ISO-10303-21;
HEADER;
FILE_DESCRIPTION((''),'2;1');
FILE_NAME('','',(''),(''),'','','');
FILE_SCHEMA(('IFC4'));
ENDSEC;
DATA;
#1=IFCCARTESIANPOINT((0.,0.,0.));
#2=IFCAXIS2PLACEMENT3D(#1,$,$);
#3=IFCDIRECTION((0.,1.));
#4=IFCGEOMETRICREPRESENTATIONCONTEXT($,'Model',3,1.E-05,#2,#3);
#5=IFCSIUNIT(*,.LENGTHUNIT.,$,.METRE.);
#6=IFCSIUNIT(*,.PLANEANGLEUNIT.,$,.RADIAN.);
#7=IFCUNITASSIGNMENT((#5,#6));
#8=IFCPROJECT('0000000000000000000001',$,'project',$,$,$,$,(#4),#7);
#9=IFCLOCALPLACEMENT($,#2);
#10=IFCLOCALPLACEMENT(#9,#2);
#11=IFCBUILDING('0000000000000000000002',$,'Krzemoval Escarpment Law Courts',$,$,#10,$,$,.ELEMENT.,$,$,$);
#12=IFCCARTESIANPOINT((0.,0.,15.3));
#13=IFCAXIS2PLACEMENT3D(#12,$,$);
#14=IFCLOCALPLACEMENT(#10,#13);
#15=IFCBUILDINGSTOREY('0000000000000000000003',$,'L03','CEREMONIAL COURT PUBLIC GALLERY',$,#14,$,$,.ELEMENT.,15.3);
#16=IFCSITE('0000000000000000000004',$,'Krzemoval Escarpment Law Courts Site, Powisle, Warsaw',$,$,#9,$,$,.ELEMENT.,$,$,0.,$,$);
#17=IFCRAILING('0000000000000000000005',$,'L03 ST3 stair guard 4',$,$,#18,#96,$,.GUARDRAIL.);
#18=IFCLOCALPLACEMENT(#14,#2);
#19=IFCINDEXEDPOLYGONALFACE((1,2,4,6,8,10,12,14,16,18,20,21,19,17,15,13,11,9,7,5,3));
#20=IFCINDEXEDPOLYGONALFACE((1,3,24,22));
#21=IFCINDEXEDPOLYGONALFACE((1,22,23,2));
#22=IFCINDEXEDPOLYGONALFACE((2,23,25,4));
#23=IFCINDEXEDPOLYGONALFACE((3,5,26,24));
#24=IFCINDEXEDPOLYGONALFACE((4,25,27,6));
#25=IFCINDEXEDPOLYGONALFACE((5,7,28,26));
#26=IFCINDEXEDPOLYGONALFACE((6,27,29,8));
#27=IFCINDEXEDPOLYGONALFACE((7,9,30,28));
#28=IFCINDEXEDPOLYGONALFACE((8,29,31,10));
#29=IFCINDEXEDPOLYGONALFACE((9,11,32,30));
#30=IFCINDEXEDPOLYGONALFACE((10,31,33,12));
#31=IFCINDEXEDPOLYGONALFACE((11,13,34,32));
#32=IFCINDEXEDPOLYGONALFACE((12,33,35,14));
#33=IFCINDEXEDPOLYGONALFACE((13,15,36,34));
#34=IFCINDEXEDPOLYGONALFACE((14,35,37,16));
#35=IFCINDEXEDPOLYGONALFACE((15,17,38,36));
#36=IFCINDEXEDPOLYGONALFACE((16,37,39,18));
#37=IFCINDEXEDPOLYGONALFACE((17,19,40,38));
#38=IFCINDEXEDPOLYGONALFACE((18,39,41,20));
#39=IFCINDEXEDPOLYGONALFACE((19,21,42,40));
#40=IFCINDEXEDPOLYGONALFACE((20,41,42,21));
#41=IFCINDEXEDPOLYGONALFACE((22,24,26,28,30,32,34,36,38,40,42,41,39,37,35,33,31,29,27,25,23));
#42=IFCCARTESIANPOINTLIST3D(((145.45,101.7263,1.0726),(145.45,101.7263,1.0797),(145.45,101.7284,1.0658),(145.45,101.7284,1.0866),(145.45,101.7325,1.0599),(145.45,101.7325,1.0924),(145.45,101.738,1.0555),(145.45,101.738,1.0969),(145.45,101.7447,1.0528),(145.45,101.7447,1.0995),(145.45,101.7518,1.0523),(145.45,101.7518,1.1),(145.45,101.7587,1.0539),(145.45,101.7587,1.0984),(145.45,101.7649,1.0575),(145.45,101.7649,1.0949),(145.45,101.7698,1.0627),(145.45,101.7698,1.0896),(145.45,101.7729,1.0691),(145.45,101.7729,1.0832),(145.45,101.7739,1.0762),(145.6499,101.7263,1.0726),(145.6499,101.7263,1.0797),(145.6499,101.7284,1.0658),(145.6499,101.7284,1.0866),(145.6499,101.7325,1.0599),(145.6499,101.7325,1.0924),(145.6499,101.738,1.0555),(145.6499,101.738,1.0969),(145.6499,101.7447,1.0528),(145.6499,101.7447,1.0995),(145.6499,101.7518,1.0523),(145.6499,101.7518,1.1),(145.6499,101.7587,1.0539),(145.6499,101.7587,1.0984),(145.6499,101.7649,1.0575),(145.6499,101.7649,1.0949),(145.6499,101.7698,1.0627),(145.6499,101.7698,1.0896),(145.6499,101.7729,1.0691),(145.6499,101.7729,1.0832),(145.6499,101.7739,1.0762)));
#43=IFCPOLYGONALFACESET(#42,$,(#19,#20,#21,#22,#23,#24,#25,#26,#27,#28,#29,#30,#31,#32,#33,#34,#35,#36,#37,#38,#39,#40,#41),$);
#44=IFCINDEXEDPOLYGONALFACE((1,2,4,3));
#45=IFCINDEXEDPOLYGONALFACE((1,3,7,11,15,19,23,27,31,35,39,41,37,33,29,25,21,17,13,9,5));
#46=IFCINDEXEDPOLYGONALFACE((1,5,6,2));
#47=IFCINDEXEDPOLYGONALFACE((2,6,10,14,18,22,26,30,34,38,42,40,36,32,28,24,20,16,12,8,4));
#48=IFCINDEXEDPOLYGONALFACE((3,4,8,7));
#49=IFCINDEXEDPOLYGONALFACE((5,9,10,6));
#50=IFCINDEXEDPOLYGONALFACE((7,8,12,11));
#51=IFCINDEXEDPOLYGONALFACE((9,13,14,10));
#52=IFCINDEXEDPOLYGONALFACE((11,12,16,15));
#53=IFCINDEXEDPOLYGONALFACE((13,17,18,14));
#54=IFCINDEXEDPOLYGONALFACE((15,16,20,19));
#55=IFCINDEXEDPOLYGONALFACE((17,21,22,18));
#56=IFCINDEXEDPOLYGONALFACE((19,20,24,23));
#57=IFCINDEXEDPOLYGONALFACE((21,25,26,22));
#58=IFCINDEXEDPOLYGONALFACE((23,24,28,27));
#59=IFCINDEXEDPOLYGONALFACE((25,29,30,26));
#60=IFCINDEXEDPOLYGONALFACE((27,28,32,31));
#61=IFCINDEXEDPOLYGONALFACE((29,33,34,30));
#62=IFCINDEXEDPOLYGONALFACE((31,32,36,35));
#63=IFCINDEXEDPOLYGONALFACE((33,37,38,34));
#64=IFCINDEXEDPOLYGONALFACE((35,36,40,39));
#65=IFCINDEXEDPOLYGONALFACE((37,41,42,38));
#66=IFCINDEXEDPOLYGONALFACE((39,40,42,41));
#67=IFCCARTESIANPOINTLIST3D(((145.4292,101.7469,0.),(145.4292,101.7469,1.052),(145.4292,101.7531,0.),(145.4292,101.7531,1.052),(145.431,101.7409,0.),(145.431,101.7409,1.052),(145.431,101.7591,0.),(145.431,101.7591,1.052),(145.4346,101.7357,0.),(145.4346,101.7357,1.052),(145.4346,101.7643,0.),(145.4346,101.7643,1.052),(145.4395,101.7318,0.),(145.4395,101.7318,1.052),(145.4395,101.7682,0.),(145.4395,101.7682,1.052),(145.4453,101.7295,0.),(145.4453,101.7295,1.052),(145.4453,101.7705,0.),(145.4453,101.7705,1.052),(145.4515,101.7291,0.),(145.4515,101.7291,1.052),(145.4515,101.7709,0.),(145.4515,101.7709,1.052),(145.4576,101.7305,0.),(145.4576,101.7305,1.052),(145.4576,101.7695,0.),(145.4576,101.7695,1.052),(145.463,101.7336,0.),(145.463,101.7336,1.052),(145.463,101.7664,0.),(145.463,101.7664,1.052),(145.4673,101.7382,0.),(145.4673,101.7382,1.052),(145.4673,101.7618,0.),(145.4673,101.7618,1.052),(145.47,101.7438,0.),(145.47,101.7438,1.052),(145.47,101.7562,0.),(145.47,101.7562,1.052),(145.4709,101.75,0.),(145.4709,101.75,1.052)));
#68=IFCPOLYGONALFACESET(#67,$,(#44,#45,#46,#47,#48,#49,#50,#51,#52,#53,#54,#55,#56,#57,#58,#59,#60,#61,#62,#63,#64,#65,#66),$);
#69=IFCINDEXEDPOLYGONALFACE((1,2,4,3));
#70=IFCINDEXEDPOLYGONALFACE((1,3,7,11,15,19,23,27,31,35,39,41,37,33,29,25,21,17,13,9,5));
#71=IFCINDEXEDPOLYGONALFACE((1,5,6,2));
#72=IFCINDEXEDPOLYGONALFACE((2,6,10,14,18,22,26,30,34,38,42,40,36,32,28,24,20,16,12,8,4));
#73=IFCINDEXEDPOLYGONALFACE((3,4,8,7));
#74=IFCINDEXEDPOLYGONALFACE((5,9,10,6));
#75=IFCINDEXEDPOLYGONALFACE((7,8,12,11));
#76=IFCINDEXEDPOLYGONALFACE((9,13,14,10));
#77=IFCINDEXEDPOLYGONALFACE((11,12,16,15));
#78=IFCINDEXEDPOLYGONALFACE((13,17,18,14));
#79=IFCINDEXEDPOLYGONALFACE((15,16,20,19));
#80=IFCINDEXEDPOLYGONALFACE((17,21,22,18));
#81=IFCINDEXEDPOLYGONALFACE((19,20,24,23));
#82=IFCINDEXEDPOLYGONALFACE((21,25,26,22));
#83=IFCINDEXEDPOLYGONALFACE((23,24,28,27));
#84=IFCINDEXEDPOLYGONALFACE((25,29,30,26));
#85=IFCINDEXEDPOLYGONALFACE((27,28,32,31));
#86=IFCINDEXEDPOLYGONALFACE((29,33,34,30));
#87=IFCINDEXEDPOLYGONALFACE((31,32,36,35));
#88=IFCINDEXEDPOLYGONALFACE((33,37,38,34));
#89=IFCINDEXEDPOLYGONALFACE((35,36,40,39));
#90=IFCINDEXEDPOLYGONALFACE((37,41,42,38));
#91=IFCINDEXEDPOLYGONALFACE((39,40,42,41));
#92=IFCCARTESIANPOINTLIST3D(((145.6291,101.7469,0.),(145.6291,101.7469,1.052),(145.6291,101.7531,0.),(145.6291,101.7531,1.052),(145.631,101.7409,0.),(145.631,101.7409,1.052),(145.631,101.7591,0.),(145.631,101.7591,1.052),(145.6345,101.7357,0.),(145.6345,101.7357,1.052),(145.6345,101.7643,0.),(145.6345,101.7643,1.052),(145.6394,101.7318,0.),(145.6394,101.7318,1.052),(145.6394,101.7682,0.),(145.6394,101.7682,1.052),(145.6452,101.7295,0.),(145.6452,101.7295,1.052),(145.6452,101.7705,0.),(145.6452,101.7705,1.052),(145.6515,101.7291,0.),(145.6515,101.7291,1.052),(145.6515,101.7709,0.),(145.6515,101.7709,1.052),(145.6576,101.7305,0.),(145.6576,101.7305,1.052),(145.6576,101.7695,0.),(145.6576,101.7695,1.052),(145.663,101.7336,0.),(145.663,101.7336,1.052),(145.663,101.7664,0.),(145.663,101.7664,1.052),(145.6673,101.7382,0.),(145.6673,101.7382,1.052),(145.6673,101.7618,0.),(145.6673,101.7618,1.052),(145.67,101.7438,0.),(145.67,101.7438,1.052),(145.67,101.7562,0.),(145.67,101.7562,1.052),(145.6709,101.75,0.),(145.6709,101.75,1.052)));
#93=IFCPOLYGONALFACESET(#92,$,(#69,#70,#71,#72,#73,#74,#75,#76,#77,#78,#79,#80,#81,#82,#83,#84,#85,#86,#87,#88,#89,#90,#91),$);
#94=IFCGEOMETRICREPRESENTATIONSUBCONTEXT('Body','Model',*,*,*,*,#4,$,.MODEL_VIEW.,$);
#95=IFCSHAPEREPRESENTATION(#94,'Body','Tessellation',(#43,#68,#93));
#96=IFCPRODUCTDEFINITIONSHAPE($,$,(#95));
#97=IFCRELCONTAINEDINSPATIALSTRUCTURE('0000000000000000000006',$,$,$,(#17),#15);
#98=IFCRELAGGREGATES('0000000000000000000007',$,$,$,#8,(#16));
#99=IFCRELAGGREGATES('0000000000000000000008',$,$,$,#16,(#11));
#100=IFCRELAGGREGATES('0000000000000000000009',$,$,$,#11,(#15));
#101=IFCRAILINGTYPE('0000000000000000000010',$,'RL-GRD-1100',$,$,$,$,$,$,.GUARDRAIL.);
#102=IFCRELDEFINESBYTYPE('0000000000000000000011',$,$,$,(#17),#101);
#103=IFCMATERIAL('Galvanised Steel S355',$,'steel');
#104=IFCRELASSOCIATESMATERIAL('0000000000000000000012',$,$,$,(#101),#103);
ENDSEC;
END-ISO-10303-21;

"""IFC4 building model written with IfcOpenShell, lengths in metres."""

from ifc_helpers import new_model, si_unit, direction, frame, origin, origin_2d, place, context, subcontext, project, spatial, circle, extrude, material, type_object, element, save


model = new_model("IFC4")

# Units and contexts
model_context = context("Model", 3, precision=1e-05, world=origin(), true_north=direction((0.0, 1.0)))
body_context = subcontext(model_context, "Body", "Model", "MODEL_VIEW")
ifc_project = project(units=[si_unit("LENGTHUNIT", "METRE"), si_unit("PLANEANGLEUNIT", "RADIAN")], contexts=[model_context])

# Site, building, storey
site_placement = place(None, origin())
site = spatial("IfcSite", under=ifc_project, at=site_placement, Name="Krzemoval Escarpment Law Courts Site, Powisle, Warsaw", CompositionType="ELEMENT", RefElevation=0.0)
building_placement = place(site_placement, origin())
building = spatial("IfcBuilding", under=site, at=building_placement, Name="Krzemoval Escarpment Law Courts", CompositionType="ELEMENT")
storey_placement = place(building_placement, frame((0.0, 0.0, 15.3)))
storey = spatial("IfcBuildingStorey", under=building, at=storey_placement, Name="L03", Description="CEREMONIAL COURT PUBLIC GALLERY", CompositionType="ELEMENT", Elevation=15.3)

# Railing
ifc_material_1 = material(Name="Galvanised Steel S355", Category="steel")
railing_type_1 = type_object("IfcRailingType", Name="RL-GRD-1100", PredefinedType="GUARDRAIL", material=ifc_material_1)
railing_1_placement = place(storey_placement, frame((145.45, 101.75, 0.0)))
element("IfcRailing", 1, at=railing_1_placement, inside=storey, type_object=railing_type_1, Name="L03 ST3 stair guard 4", PredefinedType="GUARDRAIL", context=body_context, shape_type="SweptSolid", body=[
    extrude(circle(Radius=0.0239, at=origin_2d()), frame((0.0, 0.0, 1.0762), z_axis=(1.0, 0.0, 0.0), x_axis=(0.0, 1.0, 0.0)), (0.0, 0.0, 1.0), 0.2),
    extrude(circle(Radius=0.021, at=origin_2d()), origin(), (0.0, 0.0, 1.0), 1.052),
    extrude(circle(Radius=0.021, at=origin_2d()), frame((0.2, 0.0, 0.0)), (0.0, 0.0, 1.0), 1.052),
])

save(model, "model.ifc")
